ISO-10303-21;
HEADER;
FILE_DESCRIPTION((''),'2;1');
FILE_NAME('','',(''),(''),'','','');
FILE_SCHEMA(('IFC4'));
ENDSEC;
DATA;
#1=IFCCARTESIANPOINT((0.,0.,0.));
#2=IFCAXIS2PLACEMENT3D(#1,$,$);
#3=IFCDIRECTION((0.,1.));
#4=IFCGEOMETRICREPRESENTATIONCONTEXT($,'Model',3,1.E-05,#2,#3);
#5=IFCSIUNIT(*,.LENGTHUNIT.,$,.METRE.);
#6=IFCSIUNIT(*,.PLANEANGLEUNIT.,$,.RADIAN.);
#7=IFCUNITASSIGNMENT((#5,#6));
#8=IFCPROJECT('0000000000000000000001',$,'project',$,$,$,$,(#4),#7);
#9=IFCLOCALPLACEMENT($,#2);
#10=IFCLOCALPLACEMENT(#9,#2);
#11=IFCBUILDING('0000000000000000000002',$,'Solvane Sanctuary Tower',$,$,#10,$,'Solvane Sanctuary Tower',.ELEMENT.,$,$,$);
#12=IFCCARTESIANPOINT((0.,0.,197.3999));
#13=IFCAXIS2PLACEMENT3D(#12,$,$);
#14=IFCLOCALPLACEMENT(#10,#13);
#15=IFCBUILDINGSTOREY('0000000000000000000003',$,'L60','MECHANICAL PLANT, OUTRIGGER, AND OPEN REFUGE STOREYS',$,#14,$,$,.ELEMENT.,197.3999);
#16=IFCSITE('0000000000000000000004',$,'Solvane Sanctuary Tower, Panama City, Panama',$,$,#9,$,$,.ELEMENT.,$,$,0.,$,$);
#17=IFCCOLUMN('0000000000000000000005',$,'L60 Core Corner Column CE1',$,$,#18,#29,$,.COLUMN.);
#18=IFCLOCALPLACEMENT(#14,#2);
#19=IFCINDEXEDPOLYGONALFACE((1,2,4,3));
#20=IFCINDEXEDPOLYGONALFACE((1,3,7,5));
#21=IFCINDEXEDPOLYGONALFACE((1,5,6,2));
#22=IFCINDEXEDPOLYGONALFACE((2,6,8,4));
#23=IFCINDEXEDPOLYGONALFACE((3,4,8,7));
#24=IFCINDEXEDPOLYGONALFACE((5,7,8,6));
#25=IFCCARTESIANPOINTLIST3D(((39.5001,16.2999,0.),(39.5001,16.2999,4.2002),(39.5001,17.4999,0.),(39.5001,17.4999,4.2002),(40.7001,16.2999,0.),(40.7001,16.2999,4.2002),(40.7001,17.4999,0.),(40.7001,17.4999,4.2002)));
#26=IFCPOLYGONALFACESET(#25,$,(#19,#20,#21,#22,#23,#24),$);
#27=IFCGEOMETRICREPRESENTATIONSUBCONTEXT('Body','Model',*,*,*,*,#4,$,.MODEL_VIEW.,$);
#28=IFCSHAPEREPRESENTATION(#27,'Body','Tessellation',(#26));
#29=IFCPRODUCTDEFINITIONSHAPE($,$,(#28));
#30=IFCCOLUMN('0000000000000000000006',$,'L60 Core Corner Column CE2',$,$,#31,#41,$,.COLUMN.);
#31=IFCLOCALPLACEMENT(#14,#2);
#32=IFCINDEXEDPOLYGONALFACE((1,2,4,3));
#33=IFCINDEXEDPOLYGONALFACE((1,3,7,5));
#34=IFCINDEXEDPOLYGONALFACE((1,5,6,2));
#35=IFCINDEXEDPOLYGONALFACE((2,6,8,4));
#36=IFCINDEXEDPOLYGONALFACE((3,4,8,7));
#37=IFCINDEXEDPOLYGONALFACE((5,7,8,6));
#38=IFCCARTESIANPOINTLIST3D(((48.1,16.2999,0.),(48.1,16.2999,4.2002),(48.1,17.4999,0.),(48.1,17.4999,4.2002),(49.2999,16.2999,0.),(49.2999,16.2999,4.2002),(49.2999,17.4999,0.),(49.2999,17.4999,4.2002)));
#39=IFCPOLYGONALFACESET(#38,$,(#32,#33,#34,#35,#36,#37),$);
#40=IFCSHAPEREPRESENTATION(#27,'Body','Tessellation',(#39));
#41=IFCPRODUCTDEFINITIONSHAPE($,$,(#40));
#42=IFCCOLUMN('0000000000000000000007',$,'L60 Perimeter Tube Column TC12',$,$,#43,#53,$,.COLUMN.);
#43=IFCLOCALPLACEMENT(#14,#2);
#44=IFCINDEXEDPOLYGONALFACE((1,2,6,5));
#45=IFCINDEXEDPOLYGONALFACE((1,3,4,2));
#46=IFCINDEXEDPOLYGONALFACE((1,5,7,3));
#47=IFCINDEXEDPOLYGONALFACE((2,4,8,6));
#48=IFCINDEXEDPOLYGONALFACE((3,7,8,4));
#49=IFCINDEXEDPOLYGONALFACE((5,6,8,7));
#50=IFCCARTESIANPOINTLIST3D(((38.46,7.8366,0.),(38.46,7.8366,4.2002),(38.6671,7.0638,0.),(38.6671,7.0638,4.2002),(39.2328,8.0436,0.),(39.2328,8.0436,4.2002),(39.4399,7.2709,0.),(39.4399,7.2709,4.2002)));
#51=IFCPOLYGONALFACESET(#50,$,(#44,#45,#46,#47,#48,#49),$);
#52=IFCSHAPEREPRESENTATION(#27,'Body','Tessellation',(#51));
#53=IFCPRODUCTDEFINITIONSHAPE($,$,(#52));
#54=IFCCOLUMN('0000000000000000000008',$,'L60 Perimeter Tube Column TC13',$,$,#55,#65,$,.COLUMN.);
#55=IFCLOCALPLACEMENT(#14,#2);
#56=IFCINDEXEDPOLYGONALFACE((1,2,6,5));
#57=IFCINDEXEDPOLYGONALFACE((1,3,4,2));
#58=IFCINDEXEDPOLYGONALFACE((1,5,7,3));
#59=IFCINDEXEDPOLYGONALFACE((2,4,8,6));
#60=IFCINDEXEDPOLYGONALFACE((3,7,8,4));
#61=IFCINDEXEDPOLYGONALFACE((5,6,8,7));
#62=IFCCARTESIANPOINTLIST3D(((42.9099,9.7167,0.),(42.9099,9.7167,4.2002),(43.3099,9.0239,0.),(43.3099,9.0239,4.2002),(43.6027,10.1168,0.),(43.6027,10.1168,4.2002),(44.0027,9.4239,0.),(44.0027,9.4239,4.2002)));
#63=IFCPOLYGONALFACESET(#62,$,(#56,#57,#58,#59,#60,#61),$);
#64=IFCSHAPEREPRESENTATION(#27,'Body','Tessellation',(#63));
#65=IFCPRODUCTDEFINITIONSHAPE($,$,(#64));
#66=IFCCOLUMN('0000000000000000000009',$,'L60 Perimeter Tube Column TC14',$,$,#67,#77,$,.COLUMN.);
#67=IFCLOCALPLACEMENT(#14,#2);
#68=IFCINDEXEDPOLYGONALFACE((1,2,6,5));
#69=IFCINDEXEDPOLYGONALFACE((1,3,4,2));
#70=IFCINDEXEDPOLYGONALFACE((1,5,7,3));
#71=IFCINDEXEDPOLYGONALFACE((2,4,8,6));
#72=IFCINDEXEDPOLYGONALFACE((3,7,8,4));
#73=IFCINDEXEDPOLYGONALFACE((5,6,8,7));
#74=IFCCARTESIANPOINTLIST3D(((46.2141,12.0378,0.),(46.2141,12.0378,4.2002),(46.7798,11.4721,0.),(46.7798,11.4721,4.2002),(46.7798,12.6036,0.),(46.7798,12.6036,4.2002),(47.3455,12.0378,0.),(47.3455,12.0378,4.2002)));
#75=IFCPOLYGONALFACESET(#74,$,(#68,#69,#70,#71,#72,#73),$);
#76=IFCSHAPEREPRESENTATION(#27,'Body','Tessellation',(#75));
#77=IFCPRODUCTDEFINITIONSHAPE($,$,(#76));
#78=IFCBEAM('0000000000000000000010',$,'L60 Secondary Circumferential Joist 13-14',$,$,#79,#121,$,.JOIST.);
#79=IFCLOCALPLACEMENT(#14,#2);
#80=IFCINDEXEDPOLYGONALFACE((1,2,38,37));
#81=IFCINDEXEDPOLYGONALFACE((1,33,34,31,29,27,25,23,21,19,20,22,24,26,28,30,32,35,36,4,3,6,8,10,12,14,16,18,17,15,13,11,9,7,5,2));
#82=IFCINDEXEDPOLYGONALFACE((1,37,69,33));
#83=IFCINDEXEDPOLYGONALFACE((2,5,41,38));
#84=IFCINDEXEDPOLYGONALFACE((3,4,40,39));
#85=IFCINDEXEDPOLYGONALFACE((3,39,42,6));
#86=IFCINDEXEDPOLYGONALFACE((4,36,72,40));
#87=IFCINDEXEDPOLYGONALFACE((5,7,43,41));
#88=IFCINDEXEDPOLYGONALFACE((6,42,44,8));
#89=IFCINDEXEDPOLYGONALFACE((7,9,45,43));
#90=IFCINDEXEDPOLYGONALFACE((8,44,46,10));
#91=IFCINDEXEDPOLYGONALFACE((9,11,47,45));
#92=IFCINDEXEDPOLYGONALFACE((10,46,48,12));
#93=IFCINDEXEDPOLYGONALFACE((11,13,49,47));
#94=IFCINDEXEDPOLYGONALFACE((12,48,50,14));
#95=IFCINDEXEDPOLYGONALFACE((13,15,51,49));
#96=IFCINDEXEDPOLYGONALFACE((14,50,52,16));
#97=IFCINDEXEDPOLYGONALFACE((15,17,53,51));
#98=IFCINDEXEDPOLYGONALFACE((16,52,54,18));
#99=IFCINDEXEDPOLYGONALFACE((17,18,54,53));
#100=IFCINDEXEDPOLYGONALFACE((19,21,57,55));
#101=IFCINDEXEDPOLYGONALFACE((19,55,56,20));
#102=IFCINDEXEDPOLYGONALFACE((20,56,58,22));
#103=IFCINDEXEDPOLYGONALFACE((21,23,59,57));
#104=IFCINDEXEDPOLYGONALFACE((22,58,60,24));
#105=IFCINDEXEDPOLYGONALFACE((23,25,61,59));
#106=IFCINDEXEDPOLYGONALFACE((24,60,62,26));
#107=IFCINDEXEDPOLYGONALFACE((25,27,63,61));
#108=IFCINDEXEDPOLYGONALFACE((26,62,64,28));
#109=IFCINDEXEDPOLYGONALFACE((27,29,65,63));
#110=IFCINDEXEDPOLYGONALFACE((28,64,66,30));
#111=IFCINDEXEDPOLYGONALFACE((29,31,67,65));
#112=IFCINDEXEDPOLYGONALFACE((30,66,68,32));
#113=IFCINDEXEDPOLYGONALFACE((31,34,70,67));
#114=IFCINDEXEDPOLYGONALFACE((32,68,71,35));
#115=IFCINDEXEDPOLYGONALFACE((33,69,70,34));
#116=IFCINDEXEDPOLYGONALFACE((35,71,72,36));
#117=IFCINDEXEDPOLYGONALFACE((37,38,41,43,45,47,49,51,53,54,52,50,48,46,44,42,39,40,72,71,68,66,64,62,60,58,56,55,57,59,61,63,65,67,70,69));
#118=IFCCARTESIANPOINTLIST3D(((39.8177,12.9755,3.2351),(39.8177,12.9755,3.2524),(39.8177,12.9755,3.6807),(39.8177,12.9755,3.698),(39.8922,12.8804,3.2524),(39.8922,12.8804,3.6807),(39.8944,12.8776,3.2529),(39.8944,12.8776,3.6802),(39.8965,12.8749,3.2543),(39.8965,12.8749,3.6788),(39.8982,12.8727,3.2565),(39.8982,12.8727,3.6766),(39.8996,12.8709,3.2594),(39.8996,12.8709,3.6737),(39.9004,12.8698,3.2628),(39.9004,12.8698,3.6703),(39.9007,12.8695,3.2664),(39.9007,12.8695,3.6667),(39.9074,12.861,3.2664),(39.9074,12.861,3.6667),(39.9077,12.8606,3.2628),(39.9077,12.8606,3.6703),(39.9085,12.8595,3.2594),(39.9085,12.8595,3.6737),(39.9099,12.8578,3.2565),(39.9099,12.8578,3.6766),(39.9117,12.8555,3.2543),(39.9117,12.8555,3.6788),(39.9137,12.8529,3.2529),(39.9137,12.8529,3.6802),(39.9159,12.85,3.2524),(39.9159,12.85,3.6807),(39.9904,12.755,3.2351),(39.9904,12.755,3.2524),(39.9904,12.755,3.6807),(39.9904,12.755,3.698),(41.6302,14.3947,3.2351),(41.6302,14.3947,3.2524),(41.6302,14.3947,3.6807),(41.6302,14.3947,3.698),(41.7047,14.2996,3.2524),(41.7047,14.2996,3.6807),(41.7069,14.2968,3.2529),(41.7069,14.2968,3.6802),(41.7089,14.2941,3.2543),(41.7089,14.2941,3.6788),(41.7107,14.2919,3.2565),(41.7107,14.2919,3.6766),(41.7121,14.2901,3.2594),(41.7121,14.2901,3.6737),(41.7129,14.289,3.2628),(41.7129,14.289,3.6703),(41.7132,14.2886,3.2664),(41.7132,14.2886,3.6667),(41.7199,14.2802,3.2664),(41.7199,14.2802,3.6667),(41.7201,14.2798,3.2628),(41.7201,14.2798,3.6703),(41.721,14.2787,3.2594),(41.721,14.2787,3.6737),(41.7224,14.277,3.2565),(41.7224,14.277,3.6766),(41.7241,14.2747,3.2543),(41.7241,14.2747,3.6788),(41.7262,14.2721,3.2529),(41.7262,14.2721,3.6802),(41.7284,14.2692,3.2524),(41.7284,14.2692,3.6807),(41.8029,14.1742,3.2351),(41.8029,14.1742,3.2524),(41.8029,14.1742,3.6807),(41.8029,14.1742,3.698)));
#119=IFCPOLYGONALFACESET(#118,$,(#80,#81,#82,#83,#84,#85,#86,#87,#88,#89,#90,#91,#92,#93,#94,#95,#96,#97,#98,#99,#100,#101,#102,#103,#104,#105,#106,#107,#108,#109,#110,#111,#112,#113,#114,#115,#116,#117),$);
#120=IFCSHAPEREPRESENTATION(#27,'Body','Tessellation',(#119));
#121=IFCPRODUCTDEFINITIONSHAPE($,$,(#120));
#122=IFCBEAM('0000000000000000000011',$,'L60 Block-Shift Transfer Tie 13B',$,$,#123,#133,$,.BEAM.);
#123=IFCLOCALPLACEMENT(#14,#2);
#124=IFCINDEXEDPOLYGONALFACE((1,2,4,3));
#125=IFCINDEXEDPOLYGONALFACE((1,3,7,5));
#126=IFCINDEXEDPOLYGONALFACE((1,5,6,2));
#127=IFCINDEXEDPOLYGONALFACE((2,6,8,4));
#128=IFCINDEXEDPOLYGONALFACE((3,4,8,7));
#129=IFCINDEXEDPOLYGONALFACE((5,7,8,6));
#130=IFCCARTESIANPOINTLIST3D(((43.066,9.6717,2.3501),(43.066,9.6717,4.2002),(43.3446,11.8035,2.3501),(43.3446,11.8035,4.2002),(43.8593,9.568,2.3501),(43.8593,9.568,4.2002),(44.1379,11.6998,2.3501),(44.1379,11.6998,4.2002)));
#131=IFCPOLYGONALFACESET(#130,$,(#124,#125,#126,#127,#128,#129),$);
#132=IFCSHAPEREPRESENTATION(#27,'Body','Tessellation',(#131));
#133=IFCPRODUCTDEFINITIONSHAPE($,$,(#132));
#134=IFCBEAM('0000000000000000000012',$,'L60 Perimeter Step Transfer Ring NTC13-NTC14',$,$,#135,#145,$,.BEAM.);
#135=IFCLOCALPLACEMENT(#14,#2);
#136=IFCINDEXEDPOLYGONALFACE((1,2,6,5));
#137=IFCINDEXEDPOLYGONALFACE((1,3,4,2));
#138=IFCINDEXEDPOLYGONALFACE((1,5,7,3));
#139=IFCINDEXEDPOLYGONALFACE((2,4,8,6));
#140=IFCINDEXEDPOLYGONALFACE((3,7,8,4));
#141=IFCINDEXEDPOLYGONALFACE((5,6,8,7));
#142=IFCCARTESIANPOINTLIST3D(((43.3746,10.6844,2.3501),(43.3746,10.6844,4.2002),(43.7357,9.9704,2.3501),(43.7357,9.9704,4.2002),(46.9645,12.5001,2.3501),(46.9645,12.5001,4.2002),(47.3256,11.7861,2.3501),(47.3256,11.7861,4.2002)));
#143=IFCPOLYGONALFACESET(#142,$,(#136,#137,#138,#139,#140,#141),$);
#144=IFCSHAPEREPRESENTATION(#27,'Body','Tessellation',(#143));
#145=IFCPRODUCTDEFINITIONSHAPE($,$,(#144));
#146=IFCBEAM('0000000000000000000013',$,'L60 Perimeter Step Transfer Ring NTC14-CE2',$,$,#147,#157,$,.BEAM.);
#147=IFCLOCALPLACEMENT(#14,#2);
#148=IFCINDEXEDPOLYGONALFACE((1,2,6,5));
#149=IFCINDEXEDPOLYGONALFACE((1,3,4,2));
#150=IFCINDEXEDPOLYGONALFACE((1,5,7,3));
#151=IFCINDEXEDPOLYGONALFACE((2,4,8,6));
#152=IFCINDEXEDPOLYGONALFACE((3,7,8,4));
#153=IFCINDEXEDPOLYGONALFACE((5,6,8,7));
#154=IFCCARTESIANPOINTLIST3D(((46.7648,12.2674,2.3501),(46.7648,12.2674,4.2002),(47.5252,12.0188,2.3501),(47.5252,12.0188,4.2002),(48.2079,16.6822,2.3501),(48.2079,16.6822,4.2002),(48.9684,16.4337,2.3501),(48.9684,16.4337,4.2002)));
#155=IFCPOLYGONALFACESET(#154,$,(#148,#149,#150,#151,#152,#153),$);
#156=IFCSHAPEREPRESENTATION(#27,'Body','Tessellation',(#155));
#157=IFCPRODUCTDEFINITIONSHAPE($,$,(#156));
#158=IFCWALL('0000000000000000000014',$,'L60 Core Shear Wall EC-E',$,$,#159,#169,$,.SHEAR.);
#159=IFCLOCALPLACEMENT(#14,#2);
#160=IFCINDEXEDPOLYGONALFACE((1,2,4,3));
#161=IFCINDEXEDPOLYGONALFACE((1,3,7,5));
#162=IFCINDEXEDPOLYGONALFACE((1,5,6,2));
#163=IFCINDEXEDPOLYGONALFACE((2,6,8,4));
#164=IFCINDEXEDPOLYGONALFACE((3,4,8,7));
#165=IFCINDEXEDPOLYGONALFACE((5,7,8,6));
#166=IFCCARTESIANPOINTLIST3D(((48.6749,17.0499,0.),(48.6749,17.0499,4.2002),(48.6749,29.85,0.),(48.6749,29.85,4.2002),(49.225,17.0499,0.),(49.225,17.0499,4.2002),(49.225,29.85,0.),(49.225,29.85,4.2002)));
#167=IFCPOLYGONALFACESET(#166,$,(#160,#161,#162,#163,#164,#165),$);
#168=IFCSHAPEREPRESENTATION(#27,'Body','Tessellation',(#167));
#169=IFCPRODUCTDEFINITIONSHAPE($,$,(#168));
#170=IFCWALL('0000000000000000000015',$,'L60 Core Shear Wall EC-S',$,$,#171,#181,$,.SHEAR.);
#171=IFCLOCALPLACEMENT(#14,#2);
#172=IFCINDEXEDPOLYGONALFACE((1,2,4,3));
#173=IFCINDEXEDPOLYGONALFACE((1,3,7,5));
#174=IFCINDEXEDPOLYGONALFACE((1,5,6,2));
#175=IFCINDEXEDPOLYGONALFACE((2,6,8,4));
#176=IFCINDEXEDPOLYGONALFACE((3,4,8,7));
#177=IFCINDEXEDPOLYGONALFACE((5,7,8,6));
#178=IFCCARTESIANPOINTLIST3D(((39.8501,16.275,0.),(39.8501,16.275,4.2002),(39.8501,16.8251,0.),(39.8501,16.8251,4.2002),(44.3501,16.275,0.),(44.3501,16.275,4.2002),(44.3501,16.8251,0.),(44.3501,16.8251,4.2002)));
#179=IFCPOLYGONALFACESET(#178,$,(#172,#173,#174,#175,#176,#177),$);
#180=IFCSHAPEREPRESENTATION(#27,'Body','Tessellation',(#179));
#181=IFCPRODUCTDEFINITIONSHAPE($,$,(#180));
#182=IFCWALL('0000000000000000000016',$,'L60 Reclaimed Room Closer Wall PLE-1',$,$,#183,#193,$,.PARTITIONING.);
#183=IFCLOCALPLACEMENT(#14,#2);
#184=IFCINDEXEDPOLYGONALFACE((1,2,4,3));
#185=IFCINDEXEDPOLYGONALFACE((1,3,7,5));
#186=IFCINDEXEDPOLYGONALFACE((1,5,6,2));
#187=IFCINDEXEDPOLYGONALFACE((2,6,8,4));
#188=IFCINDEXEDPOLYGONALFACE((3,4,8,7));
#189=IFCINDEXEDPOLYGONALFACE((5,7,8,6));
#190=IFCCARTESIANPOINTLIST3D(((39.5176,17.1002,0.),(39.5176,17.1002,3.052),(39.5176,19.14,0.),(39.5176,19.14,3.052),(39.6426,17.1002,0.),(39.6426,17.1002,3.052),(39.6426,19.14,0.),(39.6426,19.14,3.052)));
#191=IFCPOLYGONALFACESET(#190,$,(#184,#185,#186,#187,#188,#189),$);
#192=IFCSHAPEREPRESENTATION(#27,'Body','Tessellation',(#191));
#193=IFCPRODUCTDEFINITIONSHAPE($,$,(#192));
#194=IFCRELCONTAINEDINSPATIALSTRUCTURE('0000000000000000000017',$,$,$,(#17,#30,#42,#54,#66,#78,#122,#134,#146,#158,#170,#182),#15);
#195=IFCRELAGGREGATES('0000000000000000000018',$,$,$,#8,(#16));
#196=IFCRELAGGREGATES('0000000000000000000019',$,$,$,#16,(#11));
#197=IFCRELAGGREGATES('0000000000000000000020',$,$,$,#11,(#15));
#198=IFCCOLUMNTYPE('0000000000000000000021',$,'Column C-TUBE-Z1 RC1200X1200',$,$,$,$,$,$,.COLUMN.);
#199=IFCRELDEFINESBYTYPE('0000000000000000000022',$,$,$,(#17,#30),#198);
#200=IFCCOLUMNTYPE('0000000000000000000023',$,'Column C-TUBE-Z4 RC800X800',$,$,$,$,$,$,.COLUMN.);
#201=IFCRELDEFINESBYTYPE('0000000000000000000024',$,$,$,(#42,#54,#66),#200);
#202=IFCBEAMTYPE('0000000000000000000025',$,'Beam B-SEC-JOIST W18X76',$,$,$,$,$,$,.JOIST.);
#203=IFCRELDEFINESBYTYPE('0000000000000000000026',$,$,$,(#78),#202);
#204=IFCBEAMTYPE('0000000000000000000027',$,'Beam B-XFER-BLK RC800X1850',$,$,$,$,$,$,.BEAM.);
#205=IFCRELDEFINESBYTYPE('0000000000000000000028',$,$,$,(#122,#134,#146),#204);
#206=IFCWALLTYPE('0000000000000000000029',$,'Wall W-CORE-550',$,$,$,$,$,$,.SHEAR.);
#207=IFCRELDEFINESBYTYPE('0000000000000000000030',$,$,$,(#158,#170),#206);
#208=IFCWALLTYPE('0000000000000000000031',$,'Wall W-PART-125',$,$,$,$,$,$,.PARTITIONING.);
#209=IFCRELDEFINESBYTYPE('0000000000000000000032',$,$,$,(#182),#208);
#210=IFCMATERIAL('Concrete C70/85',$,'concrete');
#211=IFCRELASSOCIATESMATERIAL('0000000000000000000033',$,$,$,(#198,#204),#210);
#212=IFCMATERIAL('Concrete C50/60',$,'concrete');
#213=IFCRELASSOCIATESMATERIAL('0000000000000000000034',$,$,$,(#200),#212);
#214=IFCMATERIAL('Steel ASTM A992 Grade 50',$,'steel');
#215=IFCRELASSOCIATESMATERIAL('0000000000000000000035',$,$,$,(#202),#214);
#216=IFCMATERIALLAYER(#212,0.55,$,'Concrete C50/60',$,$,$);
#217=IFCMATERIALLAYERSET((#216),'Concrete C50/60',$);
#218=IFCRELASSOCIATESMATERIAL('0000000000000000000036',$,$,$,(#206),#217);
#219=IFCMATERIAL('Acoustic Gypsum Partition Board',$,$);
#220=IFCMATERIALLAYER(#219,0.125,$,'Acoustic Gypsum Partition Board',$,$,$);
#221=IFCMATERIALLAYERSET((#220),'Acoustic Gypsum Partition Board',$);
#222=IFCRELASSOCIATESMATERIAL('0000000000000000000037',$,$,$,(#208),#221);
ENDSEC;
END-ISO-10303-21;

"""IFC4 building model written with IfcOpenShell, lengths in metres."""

from ifc_helpers import new_model, si_unit, direction, frame, frame_2d, origin, origin_2d, place, context, subcontext, project, spatial, rectangle, i_section, extrude, material, layer, layer_set, material_profile, profile_set, type_object, element, save


model = new_model("IFC4")

# Units and contexts
model_context = context("Model", 3, precision=1e-05, world=origin(), true_north=direction((0.0, 1.0)))
body_context = subcontext(model_context, "Body", "Model", "MODEL_VIEW")
ifc_project = project(units=[si_unit("LENGTHUNIT", "METRE"), si_unit("PLANEANGLEUNIT", "RADIAN")], contexts=[model_context])

# Site, building, storey
site_placement = place(None, origin())
site = spatial("IfcSite", under=ifc_project, at=site_placement, Name="Solvane Sanctuary Tower, Panama City, Panama", CompositionType="ELEMENT", RefElevation=0.0)
building_placement = place(site_placement, origin())
building = spatial("IfcBuilding", under=site, at=building_placement, Name="Solvane Sanctuary Tower", LongName="Solvane Sanctuary Tower", CompositionType="ELEMENT")
storey_placement = place(building_placement, frame((0.0, 0.0, 197.3999)))
storey = spatial("IfcBuildingStorey", under=building, at=storey_placement, Name="L60", Description="MECHANICAL PLANT, OUTRIGGER, AND OPEN REFUGE STOREYS", CompositionType="ELEMENT", Elevation=197.3999)

# Columns
ifc_material_1 = material(Name="Concrete C70/85", Category="concrete")
ifc_material_profile_1 = material_profile(ifc_material_1, rectangle(XDim=1.2, YDim=1.2, at=origin_2d()), Name="RC1200X1200")
ifc_profile_set_1 = profile_set([ifc_material_profile_1], Name="Concrete C70/85")
column_type_1 = type_object("IfcColumnType", Name="Column C-TUBE-Z1 RC1200X1200", PredefinedType="COLUMN", material=ifc_profile_set_1)
for number, where, z_axis, x_axis, name in (
    (1, (40.1001, 16.8999, 0.0), (0.0, 0.0, 1.0), (1.0, 0.0, 0.0), "L60 Core Corner Column CE1"),
    (2, (48.7, 16.8999, 0.0), (0.0, 0.0, 1.0), (1.0, 0.0, 0.0), "L60 Core Corner Column CE2"),
):
    element("IfcColumn", number, at=place(storey_placement, frame(where, z_axis=z_axis, x_axis=x_axis)), inside=storey, type_object=column_type_1, Name=name, PredefinedType="COLUMN", context=body_context, shape_type="SweptSolid", body=[
        extrude(rectangle(XDim=1.2, YDim=1.2, at=origin_2d()), origin(), (0.0, 0.0, 1.0), 4.2002),
    ])
ifc_material_2 = material(Name="Concrete C50/60", Category="concrete")
ifc_material_profile_2 = material_profile(ifc_material_2, rectangle(XDim=0.8, YDim=0.8, at=origin_2d()), Name="RC800X800")
ifc_profile_set_2 = profile_set([ifc_material_profile_2], Name="Concrete C50/60")
column_type_2 = type_object("IfcColumnType", Name="Column C-TUBE-Z4 RC800X800", PredefinedType="COLUMN", material=ifc_profile_set_2)
for number, where, z_axis, x_axis, name in (
    (3, (38.95, 7.5537, 0.0), (0.0, 0.0, 1.0), (0.258819, -0.965926, 0.0), "L60 Perimeter Tube Column TC12"),
    (4, (43.4563, 9.5703, 0.0), (0.0, 0.0, 1.0), (0.5, -0.866025, 0.0), "L60 Perimeter Tube Column TC13"),
    (5, (46.7798, 12.0378, 0.0), (0.0, 0.0, 1.0), (0.707107, -0.707107, 0.0), "L60 Perimeter Tube Column TC14"),
):
    element("IfcColumn", number, at=place(storey_placement, frame(where, z_axis=z_axis, x_axis=x_axis)), inside=storey, type_object=column_type_2, Name=name, PredefinedType="COLUMN", context=body_context, shape_type="SweptSolid", body=[
        extrude(rectangle(XDim=0.8, YDim=0.8, at=origin_2d()), origin(), (0.0, 0.0, 1.0), 4.2002),
    ])

# Beams
ifc_material_3 = material(Name="Steel ASTM A992 Grade 50", Category="steel")
ifc_material_profile_3 = material_profile(ifc_material_3, i_section(OverallWidth=0.28, OverallDepth=0.4629, WebThickness=0.0107, FlangeThickness=0.0173, FilletRadius=0.0139, at=origin_2d()), Name="W18X76")
ifc_profile_set_3 = profile_set([ifc_material_profile_3], Name="Steel ASTM A992 Grade 50")
beam_type_1 = type_object("IfcBeamType", Name="Beam B-SEC-JOIST W18X76", PredefinedType="JOIST", material=ifc_profile_set_3)
beam_1_placement = place(storey_placement, frame((39.9041, 12.8652, 3.4666), z_axis=(0.787355, 0.6165, 0.0), x_axis=(-0.6165, 0.787355, 0.0)))
element("IfcBeam", 6, at=beam_1_placement, inside=storey, type_object=beam_type_1, Name="L60 Secondary Circumferential Joist 13-14", PredefinedType="JOIST", context=body_context, shape_type="SweptSolid", body=[
    extrude(i_section(OverallWidth=0.28, OverallDepth=0.4629, WebThickness=0.0107, FlangeThickness=0.0173, FilletRadius=0.0139, at=origin_2d()), origin(), (0.0, 0.0, 1.0), 2.302),
])
ifc_material_profile_4 = material_profile(ifc_material_1, rectangle(XDim=0.8, YDim=1.8501, at=origin_2d()), Name="RC800X1850")
ifc_profile_set_4 = profile_set([ifc_material_profile_4], Name="Concrete C70/85")
beam_type_2 = type_object("IfcBeamType", Name="Beam B-XFER-BLK RC800X1850", PredefinedType="BEAM", material=ifc_profile_set_4)
beam_2_placement = place(storey_placement, frame((43.4626, 9.6199, 3.2751), z_axis=(0.129567, 0.991571, 0.0), x_axis=(-0.991571, 0.129567, 0.0)))
element("IfcBeam", 7, at=beam_2_placement, inside=storey, type_object=beam_type_2, Name="L60 Block-Shift Transfer Tie 13B", PredefinedType="BEAM", context=body_context, shape_type="SweptSolid", body=[
    extrude(rectangle(XDim=0.8, YDim=1.8501, at=origin_2d()), origin(), (0.0, 0.0, 1.0), 2.1499),
])
beam_3_placement = place(storey_placement, frame((43.5552, 10.3274, 3.2751), z_axis=(0.892354, 0.451336, 0.0), x_axis=(-0.451336, 0.892354, 0.0)))
element("IfcBeam", 8, at=beam_3_placement, inside=storey, type_object=beam_type_2, Name="L60 Perimeter Step Transfer Ring NTC13-NTC14", PredefinedType="BEAM", context=body_context, shape_type="SweptSolid", body=[
    extrude(rectangle(XDim=0.8, YDim=1.8501, at=origin_2d()), origin(), (0.0, 0.0, 1.0), 4.0229),
])
beam_4_placement = place(storey_placement, frame((47.145, 12.1431, 3.2751), z_axis=(0.310703, 0.950507, 0.0), x_axis=(-0.950507, 0.310703, 0.0)))
element("IfcBeam", 9, at=beam_4_placement, inside=storey, type_object=beam_type_2, Name="L60 Perimeter Step Transfer Ring NTC14-CE2", PredefinedType="BEAM", context=body_context, shape_type="SweptSolid", body=[
    extrude(rectangle(XDim=0.8, YDim=1.8501, at=origin_2d()), origin(), (0.0, 0.0, 1.0), 4.6448),
])

# Walls
ifc_layer_1 = layer(ifc_material_2, 0.55, Name="Concrete C50/60")
ifc_layer_set_1 = layer_set([ifc_layer_1], Name="Concrete C50/60")
wall_type_1 = type_object("IfcWallType", Name="Wall W-CORE-550", PredefinedType="SHEAR", material=ifc_layer_set_1)
wall_1_placement = place(storey_placement, frame((48.95, 17.05, 0.0), z_axis=(0.0, 0.0, 1.0), x_axis=(0.0, 1.0, 0.0)))
element("IfcWall", 10, at=wall_1_placement, inside=storey, type_object=wall_type_1, Name="L60 Core Shear Wall EC-E", PredefinedType="SHEAR", context=body_context, shape_type="SweptSolid", body=[
    extrude(rectangle(XDim=12.8, YDim=0.55, at=frame_2d((6.3999, 0.0))), origin(), (0.0, 0.0, 1.0), 4.2002),
])
wall_2_placement = place(storey_placement, frame((39.8501, 16.55, 0.0), z_axis=(0.0, 0.0, 1.0), x_axis=(1.0, 0.0, 0.0)))
element("IfcWall", 11, at=wall_2_placement, inside=storey, type_object=wall_type_1, Name="L60 Core Shear Wall EC-S", PredefinedType="SHEAR", context=body_context, shape_type="SweptSolid", body=[
    extrude(rectangle(XDim=4.5, YDim=0.55, at=frame_2d((2.25, 0.0))), origin(), (0.0, 0.0, 1.0), 4.2002),
])
ifc_material_4 = material(Name="Acoustic Gypsum Partition Board")
ifc_layer_2 = layer(ifc_material_4, 0.125, Name="Acoustic Gypsum Partition Board")
ifc_layer_set_2 = layer_set([ifc_layer_2], Name="Acoustic Gypsum Partition Board")
wall_type_2 = type_object("IfcWallType", Name="Wall W-PART-125", PredefinedType="PARTITIONING", material=ifc_layer_set_2)
wall_3_placement = place(storey_placement, frame((39.5801, 17.1001, 0.0), z_axis=(0.0, 0.0, 1.0), x_axis=(0.0, 1.0, 0.0)))
element("IfcWall", 12, at=wall_3_placement, inside=storey, type_object=wall_type_2, Name="L60 Reclaimed Room Closer Wall PLE-1", PredefinedType="PARTITIONING", context=body_context, shape_type="SweptSolid", body=[
    extrude(rectangle(XDim=2.0398, YDim=0.125, at=frame_2d((1.02, 0.0))), origin(), (0.0, 0.0, 1.0), 3.052),
])

save(model, "model.ifc")
